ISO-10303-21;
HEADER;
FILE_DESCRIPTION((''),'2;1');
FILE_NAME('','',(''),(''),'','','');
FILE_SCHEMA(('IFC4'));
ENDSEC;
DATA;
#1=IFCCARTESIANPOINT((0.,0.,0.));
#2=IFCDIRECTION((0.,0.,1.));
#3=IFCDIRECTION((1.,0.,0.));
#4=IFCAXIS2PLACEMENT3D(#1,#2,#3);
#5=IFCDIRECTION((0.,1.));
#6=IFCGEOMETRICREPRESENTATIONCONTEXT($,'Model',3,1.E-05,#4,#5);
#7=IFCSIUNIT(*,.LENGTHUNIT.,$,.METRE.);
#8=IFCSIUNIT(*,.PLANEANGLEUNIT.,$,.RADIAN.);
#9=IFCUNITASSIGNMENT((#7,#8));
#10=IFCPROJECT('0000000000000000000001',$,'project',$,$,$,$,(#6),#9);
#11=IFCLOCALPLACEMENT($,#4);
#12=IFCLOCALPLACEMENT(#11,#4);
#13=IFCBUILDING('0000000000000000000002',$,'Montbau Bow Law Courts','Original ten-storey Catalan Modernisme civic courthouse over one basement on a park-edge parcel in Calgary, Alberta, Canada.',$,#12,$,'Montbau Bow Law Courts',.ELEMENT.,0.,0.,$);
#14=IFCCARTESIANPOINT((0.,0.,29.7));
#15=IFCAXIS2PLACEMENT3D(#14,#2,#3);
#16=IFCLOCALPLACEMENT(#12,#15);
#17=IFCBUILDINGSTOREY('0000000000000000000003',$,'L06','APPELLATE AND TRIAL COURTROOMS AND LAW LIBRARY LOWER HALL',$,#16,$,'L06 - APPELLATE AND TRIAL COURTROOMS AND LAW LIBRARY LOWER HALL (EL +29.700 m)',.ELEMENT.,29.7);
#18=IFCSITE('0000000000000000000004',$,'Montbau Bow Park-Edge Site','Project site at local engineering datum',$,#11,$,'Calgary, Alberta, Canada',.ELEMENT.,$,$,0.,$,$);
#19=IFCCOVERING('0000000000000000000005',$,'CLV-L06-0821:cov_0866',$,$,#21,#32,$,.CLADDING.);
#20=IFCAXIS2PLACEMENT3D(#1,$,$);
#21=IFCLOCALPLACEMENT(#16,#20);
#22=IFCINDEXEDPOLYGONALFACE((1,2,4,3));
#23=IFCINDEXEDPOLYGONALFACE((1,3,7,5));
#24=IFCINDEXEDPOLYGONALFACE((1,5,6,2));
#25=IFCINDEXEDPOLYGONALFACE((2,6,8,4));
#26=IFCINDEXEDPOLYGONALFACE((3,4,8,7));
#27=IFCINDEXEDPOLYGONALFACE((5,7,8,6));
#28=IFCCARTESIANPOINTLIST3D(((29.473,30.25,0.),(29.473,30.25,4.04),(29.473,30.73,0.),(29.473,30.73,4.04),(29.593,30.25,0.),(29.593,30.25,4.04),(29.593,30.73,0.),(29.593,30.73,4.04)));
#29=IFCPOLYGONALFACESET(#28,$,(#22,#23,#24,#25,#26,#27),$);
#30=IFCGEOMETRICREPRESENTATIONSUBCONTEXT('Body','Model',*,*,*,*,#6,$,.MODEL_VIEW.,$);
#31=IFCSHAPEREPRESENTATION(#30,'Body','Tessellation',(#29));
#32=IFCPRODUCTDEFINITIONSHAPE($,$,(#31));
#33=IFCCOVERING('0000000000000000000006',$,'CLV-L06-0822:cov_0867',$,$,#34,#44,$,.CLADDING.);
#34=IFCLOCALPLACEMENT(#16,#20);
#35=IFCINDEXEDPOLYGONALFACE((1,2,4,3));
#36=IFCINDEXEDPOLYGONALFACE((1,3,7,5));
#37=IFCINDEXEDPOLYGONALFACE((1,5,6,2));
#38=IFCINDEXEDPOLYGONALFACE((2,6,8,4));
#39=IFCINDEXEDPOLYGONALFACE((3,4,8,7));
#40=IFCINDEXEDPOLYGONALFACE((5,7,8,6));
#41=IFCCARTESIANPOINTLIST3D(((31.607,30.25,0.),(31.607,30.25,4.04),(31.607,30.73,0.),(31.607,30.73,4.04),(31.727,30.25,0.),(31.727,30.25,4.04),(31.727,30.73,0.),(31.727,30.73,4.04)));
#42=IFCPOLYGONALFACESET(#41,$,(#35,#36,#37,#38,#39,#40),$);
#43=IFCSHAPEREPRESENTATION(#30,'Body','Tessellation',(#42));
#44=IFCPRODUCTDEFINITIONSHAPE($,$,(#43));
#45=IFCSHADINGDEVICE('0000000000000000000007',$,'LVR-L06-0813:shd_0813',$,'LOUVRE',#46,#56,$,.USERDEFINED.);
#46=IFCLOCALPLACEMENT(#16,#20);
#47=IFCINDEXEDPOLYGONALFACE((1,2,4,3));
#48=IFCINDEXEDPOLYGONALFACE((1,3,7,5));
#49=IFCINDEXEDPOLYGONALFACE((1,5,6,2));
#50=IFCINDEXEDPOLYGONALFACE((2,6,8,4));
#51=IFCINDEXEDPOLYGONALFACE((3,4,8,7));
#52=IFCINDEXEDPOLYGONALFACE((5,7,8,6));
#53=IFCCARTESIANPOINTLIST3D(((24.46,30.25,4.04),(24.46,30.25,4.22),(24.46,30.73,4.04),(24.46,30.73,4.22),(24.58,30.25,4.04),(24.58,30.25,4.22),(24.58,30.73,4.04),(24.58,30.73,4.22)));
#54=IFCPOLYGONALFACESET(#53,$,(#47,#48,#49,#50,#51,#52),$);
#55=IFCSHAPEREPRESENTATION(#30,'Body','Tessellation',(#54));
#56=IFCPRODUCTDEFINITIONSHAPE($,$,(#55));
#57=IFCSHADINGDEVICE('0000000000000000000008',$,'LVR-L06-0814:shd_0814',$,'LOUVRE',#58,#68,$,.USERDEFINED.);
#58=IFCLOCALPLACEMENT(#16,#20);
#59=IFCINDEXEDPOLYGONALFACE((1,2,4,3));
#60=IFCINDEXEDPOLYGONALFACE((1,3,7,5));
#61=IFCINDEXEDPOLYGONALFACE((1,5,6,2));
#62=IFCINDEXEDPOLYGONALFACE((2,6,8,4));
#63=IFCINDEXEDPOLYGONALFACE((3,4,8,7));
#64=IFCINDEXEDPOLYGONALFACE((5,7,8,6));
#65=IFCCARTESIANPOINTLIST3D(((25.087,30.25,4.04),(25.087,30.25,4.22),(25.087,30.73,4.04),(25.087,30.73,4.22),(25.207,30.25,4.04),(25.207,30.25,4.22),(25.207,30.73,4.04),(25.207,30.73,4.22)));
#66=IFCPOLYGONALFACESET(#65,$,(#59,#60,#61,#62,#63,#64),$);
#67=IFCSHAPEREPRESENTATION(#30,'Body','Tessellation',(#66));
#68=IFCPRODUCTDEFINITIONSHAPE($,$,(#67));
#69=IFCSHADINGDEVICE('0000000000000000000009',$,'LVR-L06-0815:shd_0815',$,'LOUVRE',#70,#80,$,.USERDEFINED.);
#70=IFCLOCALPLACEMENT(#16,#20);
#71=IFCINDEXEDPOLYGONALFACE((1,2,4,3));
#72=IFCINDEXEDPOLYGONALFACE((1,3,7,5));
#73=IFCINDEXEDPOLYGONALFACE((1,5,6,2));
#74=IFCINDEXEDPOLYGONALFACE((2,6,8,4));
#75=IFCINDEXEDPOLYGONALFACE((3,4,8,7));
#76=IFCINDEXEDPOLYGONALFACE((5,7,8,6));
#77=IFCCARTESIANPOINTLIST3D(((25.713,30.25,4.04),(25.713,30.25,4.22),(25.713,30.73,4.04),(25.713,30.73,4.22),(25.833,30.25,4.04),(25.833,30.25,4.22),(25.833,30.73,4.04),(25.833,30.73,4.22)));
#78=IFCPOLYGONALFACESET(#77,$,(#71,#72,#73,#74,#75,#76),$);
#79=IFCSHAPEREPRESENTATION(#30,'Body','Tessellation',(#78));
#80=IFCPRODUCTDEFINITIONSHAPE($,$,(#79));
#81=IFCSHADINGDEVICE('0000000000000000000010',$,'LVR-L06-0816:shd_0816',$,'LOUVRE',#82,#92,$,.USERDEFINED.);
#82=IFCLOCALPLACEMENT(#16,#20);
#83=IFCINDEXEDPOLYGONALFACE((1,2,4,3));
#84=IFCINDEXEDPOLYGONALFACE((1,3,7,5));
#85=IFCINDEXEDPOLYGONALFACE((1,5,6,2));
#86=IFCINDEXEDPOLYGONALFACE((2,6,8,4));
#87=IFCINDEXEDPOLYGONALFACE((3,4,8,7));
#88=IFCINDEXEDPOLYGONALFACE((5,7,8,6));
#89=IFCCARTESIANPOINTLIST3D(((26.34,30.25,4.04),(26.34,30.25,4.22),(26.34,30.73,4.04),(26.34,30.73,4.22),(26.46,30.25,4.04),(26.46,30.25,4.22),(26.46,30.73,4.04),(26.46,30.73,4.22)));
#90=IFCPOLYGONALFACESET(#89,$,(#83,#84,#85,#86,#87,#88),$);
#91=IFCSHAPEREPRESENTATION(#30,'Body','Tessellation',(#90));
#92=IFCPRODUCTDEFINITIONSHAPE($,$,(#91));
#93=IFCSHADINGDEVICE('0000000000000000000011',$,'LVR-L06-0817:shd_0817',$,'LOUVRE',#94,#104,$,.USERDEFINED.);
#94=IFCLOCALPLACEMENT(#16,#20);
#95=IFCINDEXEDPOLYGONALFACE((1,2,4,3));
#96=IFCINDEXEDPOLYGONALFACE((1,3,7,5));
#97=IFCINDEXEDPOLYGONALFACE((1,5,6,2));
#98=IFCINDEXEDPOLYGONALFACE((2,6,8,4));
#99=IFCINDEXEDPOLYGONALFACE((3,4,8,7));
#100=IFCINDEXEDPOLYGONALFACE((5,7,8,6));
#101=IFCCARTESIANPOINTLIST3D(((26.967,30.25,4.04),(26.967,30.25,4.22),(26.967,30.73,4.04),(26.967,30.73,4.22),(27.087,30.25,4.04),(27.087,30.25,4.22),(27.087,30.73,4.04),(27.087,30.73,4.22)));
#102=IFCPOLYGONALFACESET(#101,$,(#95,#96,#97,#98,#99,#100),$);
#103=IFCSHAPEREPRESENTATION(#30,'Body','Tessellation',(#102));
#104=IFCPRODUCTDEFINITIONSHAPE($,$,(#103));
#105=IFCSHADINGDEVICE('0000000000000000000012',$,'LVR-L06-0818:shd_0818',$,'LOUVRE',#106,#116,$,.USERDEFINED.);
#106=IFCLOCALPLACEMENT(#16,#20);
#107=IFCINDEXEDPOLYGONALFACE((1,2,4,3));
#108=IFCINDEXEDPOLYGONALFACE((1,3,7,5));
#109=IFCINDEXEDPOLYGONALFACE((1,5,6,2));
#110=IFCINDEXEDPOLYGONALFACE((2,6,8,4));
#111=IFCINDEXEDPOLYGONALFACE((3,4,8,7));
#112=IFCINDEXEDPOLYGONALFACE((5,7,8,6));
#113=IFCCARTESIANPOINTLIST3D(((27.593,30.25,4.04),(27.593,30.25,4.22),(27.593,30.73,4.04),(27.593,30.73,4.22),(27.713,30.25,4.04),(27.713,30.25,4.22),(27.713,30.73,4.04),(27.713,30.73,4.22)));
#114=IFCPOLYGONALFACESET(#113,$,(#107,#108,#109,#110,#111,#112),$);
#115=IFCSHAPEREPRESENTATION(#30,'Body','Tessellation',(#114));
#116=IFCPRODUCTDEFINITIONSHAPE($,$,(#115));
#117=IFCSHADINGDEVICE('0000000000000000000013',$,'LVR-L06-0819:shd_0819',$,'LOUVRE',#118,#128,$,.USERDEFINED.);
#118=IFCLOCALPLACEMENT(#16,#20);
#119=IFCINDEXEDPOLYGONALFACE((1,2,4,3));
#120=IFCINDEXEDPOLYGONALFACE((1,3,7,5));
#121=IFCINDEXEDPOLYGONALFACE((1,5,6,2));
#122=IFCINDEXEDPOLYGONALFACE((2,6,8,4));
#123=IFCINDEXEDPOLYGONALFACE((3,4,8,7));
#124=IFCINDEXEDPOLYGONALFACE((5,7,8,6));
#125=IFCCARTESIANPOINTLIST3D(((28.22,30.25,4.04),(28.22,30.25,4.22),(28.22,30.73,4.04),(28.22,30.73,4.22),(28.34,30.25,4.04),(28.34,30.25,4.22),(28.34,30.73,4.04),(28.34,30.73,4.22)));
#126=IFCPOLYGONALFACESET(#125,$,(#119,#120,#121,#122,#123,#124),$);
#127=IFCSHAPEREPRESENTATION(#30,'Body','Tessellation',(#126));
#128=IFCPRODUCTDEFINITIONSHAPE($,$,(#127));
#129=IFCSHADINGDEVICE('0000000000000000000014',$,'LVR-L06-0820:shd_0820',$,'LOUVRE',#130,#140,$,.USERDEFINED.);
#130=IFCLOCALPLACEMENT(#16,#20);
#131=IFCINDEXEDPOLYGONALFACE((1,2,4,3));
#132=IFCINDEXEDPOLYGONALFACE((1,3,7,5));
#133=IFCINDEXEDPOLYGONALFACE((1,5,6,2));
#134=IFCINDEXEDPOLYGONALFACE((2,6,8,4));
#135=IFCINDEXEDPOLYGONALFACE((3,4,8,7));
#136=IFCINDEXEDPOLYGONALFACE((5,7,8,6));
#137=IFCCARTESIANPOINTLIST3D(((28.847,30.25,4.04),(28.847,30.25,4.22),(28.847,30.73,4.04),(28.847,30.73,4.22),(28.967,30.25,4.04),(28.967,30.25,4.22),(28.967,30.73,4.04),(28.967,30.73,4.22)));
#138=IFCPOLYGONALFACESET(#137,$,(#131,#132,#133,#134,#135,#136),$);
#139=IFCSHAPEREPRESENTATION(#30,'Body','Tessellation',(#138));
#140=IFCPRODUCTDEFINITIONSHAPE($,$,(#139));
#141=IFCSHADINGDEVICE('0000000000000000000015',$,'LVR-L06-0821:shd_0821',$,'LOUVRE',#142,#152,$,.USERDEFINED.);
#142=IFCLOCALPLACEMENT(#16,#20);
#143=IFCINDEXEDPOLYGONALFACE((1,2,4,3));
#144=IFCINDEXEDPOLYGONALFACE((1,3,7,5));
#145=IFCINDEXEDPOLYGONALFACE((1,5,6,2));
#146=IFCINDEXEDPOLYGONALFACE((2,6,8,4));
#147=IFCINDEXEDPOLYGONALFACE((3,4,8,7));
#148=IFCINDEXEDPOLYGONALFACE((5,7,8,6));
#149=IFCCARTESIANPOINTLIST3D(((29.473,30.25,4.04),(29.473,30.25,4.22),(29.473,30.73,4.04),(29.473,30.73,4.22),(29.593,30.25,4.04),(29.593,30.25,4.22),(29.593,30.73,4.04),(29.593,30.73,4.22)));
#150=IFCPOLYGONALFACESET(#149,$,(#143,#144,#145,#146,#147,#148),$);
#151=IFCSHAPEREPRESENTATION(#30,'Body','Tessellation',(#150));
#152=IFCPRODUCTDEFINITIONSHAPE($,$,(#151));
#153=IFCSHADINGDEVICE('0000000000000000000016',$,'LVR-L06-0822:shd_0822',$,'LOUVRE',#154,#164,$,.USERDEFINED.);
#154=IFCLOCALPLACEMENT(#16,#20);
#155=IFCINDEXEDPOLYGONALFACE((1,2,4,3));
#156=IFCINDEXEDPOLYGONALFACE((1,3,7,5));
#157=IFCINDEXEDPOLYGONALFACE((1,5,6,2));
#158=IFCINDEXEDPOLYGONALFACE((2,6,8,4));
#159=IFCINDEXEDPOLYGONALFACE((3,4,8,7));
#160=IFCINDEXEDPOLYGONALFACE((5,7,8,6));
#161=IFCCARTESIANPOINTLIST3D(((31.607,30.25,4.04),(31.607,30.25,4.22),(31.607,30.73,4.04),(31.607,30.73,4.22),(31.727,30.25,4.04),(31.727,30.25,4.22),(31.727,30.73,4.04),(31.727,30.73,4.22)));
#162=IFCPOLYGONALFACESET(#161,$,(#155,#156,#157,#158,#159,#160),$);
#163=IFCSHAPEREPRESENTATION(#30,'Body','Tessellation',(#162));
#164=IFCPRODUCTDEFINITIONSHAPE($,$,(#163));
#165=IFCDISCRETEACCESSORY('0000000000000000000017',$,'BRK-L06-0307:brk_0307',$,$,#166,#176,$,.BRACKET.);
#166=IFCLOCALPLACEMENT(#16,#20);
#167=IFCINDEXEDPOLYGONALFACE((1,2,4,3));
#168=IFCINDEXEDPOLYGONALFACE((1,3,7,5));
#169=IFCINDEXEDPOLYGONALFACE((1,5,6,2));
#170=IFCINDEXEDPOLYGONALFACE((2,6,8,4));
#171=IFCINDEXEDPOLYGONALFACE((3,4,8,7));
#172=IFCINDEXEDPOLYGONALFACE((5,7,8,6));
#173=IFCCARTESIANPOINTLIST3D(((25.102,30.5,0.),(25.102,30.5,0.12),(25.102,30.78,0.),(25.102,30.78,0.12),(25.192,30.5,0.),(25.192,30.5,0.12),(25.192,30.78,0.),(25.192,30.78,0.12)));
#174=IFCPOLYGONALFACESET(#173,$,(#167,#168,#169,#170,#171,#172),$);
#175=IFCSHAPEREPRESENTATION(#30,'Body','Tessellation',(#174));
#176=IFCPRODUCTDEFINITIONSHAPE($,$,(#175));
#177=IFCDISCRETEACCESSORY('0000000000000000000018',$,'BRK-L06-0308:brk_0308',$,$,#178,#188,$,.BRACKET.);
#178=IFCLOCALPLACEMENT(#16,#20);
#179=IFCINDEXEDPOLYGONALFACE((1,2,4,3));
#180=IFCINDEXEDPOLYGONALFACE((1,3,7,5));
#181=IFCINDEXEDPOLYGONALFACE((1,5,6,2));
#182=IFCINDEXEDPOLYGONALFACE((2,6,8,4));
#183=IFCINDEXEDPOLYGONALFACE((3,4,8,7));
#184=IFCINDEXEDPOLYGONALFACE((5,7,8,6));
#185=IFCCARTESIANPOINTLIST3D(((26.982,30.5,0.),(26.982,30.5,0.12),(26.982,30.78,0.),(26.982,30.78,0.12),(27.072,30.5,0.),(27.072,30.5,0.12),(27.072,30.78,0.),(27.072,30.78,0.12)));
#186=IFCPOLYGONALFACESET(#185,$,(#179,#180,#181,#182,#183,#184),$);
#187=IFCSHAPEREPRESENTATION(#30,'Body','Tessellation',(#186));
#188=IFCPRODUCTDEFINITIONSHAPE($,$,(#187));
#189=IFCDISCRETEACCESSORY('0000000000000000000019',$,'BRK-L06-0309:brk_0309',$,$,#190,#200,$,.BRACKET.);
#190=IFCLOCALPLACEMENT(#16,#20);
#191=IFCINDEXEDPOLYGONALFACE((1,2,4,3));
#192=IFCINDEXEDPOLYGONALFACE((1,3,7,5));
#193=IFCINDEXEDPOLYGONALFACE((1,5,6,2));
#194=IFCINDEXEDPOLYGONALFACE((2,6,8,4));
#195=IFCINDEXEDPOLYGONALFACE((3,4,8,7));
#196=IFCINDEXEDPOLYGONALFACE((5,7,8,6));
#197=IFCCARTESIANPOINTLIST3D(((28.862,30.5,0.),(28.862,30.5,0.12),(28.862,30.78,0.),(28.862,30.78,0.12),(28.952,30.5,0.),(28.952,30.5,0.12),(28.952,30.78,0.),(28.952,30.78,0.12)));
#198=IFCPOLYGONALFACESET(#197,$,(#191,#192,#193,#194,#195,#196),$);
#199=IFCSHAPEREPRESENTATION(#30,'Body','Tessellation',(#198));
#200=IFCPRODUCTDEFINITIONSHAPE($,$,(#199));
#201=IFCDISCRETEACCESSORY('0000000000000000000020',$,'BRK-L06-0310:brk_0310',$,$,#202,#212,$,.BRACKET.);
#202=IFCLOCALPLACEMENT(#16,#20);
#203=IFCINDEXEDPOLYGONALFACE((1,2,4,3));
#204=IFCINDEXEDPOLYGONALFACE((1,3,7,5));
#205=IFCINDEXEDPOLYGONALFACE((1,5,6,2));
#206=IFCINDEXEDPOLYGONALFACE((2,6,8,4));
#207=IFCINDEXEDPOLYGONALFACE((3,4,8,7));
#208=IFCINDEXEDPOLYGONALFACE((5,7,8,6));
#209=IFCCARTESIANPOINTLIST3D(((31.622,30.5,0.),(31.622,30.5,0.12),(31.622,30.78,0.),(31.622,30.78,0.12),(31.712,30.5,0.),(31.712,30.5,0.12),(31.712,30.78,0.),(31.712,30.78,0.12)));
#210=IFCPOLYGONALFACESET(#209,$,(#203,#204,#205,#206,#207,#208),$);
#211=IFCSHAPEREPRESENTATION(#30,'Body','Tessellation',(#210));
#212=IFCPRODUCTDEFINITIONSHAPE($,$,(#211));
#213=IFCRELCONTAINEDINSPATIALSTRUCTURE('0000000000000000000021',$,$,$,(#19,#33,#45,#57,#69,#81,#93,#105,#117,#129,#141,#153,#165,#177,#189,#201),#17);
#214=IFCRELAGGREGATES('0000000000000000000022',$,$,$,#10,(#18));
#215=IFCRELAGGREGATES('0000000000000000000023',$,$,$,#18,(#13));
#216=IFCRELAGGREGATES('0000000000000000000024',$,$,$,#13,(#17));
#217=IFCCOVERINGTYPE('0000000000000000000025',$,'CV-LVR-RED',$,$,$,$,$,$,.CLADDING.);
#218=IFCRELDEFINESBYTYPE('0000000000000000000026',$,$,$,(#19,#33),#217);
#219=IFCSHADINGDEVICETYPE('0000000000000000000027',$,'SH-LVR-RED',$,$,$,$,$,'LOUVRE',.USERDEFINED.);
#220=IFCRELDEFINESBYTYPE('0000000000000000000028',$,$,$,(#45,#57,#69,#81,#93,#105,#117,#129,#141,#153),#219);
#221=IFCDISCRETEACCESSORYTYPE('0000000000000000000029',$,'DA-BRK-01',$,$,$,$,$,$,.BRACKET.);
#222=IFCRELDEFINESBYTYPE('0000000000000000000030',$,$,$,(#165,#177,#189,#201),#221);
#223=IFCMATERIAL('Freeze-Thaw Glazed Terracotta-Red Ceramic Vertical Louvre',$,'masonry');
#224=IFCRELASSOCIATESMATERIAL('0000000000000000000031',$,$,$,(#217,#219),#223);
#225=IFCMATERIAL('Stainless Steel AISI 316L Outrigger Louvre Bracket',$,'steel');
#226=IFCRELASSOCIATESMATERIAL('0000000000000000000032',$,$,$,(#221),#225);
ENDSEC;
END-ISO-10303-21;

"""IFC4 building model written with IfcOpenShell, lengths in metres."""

from ifc_helpers import new_model, si_unit, direction, frame, frame_2d, origin_with_axes, origin_2d_with_axis, place, context, subcontext, project, spatial, rectangle, extrude, material, type_object, element, save


model = new_model("IFC4")

# Units and contexts
model_context = context("Model", 3, precision=1e-05, world=origin_with_axes(), true_north=direction((0.0, 1.0)))
body_context = subcontext(model_context, "Body", "Model", "MODEL_VIEW")
ifc_project = project(units=[si_unit("LENGTHUNIT", "METRE"), si_unit("PLANEANGLEUNIT", "RADIAN")], contexts=[model_context])

# Site, building, storey
site_placement = place(None, origin_with_axes())
site = spatial("IfcSite", under=ifc_project, at=site_placement, Name="Montbau Bow Park-Edge Site", Description="Project site at local engineering datum", LongName="Calgary, Alberta, Canada", CompositionType="ELEMENT", RefElevation=0.0)
building_placement = place(site_placement, origin_with_axes())
building = spatial("IfcBuilding", under=site, at=building_placement, Name="Montbau Bow Law Courts", Description="Original ten-storey Catalan Modernisme civic courthouse over one basement on a park-edge parcel in Calgary, Alberta, Canada.", LongName="Montbau Bow Law Courts", CompositionType="ELEMENT", ElevationOfRefHeight=0.0, ElevationOfTerrain=0.0)
storey_placement = place(building_placement, frame((0.0, 0.0, 29.7), z_axis=(0.0, 0.0, 1.0), x_axis=(1.0, 0.0, 0.0)))
storey = spatial("IfcBuildingStorey", under=building, at=storey_placement, Name="L06", Description="APPELLATE AND TRIAL COURTROOMS AND LAW LIBRARY LOWER HALL", LongName="L06 - APPELLATE AND TRIAL COURTROOMS AND LAW LIBRARY LOWER HALL (EL +29.700 m)", CompositionType="ELEMENT", Elevation=29.7)

# Coverings
ifc_material_1 = material(Name="Freeze-Thaw Glazed Terracotta-Red Ceramic Vertical Louvre", Category="masonry")
covering_type = type_object("IfcCoveringType", Name="CV-LVR-RED", PredefinedType="CLADDING", material=ifc_material_1)
for number, where, z_axis, x_axis, name in (
    (1, (29.533, 30.73, 29.7), (-1.0, 0.0, 0.0), (0.0, -1.0, 0.0), "CLV-L06-0821:cov_0866"),
    (2, (31.667, 30.73, 29.7), (-1.0, 0.0, 0.0), (0.0, -1.0, 0.0), "CLV-L06-0822:cov_0867"),
):
    element("IfcCovering", number, at=place(None, frame(where, z_axis=z_axis, x_axis=x_axis)), inside=storey, type_object=covering_type, Name=name, PredefinedType="CLADDING", context=body_context, shape_type="SweptSolid", body=[
        extrude(rectangle(XDim=0.48, YDim=4.04, at=frame_2d((0.24, 2.02), x_axis=(1.0, 0.0))), frame((0.0, 0.0, -0.06), z_axis=(0.0, 0.0, 1.0), x_axis=(1.0, 0.0, 0.0)), (0.0, 0.0, 1.0), 0.12),
    ])

# Shading devices
shading_device_type = type_object("IfcShadingDeviceType", Name="SH-LVR-RED", ElementType="LOUVRE", PredefinedType="USERDEFINED", material=ifc_material_1)
for number, where, z_axis, x_axis, name in (
    (3, (24.52, 30.49, 33.74), (0.0, 0.0, 1.0), (0.0, -1.0, 0.0), "LVR-L06-0813:shd_0813"),
    (4, (25.147, 30.49, 33.74), (0.0, 0.0, 1.0), (0.0, -1.0, 0.0), "LVR-L06-0814:shd_0814"),
    (5, (25.773, 30.49, 33.74), (0.0, 0.0, 1.0), (0.0, -1.0, 0.0), "LVR-L06-0815:shd_0815"),
    (6, (26.4, 30.49, 33.74), (0.0, 0.0, 1.0), (0.0, -1.0, 0.0), "LVR-L06-0816:shd_0816"),
    (7, (27.027, 30.49, 33.74), (0.0, 0.0, 1.0), (0.0, -1.0, 0.0), "LVR-L06-0817:shd_0817"),
    (8, (27.653, 30.49, 33.74), (0.0, 0.0, 1.0), (0.0, -1.0, 0.0), "LVR-L06-0818:shd_0818"),
    (9, (28.28, 30.49, 33.74), (0.0, 0.0, 1.0), (0.0, -1.0, 0.0), "LVR-L06-0819:shd_0819"),
    (10, (28.907, 30.49, 33.74), (0.0, 0.0, 1.0), (0.0, -1.0, 0.0), "LVR-L06-0820:shd_0820"),
    (11, (29.533, 30.49, 33.74), (0.0, 0.0, 1.0), (0.0, -1.0, 0.0), "LVR-L06-0821:shd_0821"),
    (12, (31.667, 30.49, 33.74), (0.0, 0.0, 1.0), (0.0, -1.0, 0.0), "LVR-L06-0822:shd_0822"),
):
    element("IfcShadingDevice", number, at=place(None, frame(where, z_axis=z_axis, x_axis=x_axis)), inside=storey, type_object=shading_device_type, Name=name, ObjectType="LOUVRE", PredefinedType="USERDEFINED", context=body_context, shape_type="SweptSolid", body=[
        extrude(rectangle(XDim=0.48, YDim=0.12, at=origin_2d_with_axis()), origin_with_axes(), (0.0, 0.0, 1.0), 0.18),
    ])

# Discrete accessories
ifc_material_2 = material(Name="Stainless Steel AISI 316L Outrigger Louvre Bracket", Category="steel")
discrete_accessory_type = type_object("IfcDiscreteAccessoryType", Name="DA-BRK-01", PredefinedType="BRACKET", material=ifc_material_2)
for number, where, z_axis, x_axis, name in (
    (13, (25.147, 30.64, 29.7), (0.0, 0.0, 1.0), (0.0, -1.0, 0.0), "BRK-L06-0307:brk_0307"),
    (14, (27.027, 30.64, 29.7), (0.0, 0.0, 1.0), (0.0, -1.0, 0.0), "BRK-L06-0308:brk_0308"),
    (15, (28.907, 30.64, 29.7), (0.0, 0.0, 1.0), (0.0, -1.0, 0.0), "BRK-L06-0309:brk_0309"),
    (16, (31.667, 30.64, 29.7), (0.0, 0.0, 1.0), (0.0, -1.0, 0.0), "BRK-L06-0310:brk_0310"),
):
    element("IfcDiscreteAccessory", number, at=place(None, frame(where, z_axis=z_axis, x_axis=x_axis)), inside=storey, type_object=discrete_accessory_type, Name=name, PredefinedType="BRACKET", context=body_context, shape_type="SweptSolid", body=[
        extrude(rectangle(XDim=0.28, YDim=0.09, at=origin_2d_with_axis()), origin_with_axes(), (0.0, 0.0, 1.0), 0.12),
    ])

save(model, "model.ifc")
